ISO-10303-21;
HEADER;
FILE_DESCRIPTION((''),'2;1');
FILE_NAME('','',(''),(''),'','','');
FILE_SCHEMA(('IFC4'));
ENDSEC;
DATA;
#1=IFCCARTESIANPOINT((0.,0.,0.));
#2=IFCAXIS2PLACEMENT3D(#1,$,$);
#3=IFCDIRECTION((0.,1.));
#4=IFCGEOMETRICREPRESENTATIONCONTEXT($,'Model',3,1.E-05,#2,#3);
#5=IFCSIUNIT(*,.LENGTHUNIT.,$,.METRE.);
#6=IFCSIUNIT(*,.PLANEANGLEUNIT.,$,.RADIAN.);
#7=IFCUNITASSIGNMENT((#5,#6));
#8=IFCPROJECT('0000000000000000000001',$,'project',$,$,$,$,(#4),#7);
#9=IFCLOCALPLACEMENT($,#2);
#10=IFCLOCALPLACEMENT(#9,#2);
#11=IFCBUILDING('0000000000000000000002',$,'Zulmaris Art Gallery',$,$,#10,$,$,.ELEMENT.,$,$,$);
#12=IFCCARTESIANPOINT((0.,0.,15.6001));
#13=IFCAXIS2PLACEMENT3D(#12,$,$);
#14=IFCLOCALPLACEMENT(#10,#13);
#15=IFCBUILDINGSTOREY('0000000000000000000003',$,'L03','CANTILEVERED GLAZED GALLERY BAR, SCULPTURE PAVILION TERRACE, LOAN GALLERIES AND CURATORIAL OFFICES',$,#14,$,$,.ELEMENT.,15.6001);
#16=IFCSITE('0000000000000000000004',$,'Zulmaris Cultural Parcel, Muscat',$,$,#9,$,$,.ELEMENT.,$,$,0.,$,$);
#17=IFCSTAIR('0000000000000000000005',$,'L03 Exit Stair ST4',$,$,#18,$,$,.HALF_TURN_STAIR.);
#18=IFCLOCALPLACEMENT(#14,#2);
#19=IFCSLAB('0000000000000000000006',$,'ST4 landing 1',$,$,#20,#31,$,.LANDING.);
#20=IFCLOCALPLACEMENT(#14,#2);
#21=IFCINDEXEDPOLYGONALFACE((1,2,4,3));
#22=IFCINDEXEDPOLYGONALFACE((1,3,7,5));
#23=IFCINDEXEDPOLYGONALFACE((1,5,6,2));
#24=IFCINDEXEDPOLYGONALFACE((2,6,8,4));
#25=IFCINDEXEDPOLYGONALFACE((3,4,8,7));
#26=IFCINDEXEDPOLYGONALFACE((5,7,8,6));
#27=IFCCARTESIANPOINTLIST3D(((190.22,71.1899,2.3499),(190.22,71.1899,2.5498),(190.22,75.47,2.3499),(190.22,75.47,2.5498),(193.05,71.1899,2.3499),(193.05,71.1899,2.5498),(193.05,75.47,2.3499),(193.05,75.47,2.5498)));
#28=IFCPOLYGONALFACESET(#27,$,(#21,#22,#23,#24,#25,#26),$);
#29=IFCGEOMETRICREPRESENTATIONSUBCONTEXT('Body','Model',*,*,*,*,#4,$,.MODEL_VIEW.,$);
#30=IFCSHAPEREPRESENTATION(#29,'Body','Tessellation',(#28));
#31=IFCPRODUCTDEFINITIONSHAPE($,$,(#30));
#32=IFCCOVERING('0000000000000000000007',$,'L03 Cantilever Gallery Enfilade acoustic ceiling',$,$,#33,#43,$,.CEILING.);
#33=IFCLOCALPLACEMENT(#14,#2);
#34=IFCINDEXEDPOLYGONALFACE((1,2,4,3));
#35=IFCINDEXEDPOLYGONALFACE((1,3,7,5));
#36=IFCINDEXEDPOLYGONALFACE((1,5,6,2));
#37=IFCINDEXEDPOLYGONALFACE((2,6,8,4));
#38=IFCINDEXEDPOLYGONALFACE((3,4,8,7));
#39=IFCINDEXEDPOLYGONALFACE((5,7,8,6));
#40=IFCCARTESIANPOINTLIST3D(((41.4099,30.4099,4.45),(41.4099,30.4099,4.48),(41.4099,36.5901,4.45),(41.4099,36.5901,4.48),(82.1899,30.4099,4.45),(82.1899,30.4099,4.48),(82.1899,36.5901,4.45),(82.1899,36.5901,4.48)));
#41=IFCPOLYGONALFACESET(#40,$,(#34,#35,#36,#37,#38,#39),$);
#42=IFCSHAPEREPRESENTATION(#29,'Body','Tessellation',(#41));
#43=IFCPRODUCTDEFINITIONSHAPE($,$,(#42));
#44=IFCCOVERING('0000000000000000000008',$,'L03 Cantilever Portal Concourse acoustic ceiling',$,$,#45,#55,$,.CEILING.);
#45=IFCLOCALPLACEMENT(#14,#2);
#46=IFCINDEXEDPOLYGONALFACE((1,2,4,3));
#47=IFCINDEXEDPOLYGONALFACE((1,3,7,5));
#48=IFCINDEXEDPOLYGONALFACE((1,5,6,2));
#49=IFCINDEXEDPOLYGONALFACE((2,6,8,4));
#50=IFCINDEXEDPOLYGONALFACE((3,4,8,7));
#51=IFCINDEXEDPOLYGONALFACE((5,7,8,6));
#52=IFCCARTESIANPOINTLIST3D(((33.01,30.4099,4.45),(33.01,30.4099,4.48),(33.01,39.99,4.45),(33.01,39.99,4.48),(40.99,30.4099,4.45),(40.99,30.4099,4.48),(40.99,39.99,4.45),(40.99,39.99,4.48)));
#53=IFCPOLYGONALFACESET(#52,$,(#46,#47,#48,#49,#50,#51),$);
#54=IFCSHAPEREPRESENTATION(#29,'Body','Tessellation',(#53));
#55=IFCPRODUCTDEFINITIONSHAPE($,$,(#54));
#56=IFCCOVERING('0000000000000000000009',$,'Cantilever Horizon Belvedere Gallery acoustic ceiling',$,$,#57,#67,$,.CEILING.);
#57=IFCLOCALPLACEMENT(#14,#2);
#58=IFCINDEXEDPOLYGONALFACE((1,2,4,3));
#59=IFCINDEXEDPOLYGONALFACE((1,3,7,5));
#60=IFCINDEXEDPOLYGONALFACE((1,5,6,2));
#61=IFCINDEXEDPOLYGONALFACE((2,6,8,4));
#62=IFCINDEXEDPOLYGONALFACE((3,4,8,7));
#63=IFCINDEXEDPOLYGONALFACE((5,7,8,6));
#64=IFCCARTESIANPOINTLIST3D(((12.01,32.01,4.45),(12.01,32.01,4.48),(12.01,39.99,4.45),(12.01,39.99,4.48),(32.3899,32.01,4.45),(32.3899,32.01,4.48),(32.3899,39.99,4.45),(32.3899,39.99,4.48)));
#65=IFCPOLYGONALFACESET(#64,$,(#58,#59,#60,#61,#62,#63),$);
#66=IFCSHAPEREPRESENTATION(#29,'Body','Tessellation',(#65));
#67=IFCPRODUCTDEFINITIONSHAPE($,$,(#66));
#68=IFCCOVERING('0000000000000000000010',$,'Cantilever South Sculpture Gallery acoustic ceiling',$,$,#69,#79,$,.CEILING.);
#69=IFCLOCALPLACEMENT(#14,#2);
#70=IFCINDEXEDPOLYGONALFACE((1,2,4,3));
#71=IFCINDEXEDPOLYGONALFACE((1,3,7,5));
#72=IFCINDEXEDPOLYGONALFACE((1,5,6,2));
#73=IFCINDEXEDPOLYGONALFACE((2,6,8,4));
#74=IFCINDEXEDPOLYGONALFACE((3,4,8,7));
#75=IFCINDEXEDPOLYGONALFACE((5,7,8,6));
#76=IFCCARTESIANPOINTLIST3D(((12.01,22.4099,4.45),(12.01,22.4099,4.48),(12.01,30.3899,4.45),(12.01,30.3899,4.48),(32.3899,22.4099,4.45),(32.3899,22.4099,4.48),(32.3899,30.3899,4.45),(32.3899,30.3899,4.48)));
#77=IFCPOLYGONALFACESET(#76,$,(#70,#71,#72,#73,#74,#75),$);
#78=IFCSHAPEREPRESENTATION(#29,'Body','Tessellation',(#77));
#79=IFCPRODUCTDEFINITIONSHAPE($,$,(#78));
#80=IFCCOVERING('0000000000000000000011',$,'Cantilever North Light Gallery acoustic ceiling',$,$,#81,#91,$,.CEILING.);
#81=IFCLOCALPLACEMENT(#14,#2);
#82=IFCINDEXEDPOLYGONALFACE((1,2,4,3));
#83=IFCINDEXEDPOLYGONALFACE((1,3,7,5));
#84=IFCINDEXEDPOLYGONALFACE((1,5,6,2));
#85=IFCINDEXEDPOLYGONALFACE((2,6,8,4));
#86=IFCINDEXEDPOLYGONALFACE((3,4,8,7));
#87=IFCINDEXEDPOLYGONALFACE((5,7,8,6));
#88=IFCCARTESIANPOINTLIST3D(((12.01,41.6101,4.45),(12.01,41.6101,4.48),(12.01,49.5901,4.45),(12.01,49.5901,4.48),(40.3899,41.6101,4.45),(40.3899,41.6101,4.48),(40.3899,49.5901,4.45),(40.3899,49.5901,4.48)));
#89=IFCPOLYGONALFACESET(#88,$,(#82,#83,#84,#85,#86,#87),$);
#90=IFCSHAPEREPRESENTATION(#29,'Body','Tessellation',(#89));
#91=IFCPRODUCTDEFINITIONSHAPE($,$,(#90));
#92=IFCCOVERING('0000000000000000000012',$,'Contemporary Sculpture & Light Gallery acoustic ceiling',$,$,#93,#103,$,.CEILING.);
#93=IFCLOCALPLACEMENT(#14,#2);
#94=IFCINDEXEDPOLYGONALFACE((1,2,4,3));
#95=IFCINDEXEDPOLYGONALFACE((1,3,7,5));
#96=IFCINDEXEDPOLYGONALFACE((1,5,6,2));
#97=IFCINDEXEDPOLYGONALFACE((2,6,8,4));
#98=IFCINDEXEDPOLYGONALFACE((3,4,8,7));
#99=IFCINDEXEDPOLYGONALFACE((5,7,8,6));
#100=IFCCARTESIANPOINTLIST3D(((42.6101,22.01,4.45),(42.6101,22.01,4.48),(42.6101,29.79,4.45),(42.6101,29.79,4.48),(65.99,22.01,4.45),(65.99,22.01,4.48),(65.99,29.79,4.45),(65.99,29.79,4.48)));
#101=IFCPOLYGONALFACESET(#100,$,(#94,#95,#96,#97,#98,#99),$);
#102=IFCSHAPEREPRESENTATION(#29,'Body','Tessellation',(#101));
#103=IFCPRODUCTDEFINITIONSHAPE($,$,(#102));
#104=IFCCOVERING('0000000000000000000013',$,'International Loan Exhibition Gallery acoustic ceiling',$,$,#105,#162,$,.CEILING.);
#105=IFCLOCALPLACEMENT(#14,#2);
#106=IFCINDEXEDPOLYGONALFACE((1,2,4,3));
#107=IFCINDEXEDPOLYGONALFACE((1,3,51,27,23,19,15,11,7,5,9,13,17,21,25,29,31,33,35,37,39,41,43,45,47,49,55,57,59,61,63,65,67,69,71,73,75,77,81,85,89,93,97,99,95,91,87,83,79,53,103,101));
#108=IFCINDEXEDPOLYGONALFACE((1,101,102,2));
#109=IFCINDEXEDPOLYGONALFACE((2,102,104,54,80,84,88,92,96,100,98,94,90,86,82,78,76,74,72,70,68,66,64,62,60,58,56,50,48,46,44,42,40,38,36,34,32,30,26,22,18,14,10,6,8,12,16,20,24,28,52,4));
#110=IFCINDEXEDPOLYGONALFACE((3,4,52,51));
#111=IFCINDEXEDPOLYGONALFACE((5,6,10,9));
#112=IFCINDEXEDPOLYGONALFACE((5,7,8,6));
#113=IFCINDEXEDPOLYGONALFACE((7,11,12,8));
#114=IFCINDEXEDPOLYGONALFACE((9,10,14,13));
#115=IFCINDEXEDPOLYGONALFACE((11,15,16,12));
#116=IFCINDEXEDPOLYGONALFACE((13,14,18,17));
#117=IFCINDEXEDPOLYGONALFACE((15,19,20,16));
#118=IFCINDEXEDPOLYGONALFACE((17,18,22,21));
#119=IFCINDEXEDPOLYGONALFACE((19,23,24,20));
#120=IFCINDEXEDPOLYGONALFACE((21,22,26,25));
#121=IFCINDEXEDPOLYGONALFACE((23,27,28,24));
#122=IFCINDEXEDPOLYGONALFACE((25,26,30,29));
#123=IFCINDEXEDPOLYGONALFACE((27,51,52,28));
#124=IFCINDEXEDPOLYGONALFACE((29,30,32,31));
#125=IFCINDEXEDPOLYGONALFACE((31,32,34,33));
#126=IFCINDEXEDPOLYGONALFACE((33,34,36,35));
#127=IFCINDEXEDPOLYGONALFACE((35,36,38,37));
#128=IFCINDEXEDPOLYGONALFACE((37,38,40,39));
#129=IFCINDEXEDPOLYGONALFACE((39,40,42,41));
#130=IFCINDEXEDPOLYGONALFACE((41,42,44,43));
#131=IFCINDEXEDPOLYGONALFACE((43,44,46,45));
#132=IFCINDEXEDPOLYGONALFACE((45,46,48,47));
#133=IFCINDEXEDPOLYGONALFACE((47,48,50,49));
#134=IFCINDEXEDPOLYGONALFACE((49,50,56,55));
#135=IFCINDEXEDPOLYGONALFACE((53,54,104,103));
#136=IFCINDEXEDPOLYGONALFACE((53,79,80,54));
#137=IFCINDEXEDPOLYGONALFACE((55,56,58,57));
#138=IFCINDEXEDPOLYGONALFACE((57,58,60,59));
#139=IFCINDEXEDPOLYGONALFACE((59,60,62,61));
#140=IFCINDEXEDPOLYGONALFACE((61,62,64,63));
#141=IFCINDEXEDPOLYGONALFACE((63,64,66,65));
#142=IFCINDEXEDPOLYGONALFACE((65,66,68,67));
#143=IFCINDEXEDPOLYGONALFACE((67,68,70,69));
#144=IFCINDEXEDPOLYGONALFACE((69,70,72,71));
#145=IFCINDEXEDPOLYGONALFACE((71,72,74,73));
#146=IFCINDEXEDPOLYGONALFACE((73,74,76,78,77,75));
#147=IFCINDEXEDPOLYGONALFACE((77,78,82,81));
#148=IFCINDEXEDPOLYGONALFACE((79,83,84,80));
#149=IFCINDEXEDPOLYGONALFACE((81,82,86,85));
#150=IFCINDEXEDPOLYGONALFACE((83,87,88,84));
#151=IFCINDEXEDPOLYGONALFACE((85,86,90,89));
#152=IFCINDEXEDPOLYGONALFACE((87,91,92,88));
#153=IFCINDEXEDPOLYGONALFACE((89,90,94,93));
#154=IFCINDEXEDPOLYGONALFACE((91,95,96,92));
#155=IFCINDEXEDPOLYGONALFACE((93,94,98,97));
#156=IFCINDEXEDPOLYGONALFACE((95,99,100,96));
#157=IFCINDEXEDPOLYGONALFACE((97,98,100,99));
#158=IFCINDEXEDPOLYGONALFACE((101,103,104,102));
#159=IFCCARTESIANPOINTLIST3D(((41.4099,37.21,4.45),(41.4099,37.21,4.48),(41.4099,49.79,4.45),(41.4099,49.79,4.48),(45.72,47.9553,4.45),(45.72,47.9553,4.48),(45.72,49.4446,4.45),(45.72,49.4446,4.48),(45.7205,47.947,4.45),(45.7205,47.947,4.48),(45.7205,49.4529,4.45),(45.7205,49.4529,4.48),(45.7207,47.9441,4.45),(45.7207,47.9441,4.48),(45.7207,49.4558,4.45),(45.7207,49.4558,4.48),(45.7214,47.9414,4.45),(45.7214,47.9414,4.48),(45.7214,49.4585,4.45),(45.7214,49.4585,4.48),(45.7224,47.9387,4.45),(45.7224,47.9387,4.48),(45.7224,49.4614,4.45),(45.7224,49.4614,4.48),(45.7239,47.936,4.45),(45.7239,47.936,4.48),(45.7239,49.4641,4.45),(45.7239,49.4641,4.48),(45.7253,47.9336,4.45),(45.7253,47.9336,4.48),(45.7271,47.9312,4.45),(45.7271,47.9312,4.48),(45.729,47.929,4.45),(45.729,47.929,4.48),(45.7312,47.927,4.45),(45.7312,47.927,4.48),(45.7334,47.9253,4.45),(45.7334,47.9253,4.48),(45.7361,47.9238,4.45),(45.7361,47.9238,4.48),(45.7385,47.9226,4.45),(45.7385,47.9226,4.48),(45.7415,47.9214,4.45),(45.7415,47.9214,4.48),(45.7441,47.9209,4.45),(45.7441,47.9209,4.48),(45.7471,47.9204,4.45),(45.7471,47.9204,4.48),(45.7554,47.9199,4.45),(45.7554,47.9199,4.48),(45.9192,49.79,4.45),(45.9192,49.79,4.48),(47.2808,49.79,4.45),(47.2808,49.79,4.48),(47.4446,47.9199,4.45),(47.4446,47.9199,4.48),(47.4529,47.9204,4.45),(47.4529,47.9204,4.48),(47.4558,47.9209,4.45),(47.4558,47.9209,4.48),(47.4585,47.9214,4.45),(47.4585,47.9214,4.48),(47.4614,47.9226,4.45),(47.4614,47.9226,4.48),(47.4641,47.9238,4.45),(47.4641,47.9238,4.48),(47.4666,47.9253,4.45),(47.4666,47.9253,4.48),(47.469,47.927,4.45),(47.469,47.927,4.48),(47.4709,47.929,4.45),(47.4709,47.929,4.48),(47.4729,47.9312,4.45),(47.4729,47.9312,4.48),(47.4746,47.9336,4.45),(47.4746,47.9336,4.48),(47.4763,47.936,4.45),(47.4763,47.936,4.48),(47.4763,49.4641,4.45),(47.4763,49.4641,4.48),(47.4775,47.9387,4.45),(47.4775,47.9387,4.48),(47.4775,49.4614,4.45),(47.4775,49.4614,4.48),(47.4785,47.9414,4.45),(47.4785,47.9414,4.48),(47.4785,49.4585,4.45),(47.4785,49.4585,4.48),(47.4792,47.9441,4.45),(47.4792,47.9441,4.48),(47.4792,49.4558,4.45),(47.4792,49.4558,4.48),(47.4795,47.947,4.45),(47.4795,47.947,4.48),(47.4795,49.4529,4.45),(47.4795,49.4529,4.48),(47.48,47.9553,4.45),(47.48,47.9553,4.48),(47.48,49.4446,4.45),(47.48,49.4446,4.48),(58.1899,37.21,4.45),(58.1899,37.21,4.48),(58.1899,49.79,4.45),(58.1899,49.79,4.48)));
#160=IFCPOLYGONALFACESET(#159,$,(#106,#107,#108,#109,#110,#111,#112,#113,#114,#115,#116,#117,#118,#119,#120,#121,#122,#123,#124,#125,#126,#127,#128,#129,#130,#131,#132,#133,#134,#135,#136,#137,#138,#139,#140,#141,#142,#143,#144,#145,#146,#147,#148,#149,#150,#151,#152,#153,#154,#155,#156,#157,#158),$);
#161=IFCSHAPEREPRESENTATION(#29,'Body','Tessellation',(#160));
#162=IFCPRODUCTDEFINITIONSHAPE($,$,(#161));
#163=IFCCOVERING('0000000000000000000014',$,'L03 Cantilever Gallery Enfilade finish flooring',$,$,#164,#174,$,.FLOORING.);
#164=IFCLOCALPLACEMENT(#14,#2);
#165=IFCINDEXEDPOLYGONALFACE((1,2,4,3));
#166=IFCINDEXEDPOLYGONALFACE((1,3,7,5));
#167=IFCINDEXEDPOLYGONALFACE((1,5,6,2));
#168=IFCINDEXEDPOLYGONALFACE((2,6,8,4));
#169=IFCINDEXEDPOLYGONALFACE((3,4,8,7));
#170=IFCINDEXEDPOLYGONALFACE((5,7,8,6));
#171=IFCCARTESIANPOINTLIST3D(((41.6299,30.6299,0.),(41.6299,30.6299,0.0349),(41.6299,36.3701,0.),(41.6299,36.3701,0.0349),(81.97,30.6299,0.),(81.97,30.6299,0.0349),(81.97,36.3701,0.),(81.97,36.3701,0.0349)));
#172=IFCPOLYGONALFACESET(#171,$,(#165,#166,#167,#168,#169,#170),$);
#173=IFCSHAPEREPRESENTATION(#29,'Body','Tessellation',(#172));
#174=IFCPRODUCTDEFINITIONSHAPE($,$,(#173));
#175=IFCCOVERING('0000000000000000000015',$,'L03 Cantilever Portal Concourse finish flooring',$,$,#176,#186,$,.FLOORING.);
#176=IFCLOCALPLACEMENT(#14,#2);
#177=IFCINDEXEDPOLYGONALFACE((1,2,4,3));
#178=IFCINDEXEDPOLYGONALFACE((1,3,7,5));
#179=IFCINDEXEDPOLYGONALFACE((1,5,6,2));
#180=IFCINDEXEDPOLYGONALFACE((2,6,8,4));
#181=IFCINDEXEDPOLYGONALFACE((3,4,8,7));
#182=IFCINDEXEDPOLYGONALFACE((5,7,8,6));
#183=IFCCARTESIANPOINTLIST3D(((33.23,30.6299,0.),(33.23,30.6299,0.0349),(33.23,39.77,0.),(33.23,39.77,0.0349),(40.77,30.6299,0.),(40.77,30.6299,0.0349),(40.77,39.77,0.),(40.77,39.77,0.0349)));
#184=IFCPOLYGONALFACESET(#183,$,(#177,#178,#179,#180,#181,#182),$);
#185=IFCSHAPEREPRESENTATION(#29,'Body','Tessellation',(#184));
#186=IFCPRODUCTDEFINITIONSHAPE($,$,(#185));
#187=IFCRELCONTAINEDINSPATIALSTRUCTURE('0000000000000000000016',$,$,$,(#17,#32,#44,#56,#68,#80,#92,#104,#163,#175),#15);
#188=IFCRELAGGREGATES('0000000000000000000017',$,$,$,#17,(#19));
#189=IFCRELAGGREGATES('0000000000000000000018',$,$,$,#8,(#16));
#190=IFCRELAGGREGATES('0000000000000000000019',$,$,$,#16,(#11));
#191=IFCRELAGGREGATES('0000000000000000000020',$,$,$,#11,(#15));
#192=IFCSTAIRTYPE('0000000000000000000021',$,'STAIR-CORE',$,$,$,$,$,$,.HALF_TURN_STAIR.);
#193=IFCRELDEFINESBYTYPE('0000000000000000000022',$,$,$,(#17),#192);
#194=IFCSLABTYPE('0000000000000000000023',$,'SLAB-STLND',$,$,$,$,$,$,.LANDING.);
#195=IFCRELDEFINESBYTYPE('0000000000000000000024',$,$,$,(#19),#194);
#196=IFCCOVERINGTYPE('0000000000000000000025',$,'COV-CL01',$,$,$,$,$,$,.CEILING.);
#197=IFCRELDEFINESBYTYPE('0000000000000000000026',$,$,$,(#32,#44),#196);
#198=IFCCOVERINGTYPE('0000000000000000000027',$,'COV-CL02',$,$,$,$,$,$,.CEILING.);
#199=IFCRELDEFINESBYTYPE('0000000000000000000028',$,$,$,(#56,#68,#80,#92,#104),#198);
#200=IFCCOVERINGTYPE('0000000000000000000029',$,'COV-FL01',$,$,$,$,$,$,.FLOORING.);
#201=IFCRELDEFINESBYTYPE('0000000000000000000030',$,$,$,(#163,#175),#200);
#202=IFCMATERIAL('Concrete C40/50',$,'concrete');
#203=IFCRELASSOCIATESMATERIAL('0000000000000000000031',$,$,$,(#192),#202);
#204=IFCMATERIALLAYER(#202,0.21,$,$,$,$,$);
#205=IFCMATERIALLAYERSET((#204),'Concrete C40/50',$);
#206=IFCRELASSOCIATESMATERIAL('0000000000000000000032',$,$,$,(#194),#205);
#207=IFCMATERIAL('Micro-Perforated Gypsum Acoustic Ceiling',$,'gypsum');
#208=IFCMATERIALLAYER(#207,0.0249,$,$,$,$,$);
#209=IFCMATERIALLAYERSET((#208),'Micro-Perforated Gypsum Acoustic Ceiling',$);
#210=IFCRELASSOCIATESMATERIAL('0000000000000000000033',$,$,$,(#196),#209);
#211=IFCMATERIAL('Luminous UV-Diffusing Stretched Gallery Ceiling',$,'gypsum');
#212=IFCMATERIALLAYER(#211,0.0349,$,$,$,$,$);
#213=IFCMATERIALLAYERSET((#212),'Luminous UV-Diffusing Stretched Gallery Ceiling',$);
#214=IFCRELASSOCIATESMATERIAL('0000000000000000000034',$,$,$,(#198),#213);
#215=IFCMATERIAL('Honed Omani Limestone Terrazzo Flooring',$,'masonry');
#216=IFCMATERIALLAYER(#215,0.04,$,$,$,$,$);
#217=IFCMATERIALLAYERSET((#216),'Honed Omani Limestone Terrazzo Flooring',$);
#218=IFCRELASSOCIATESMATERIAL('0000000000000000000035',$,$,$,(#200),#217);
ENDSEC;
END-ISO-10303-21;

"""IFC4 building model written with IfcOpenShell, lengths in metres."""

from ifc_helpers import new_model, si_unit, direction, frame, origin, place, context, subcontext, project, spatial, polyline, outline, extrude, material, layer, layer_set, type_object, element, aggregate, save


model = new_model("IFC4")

# Units and contexts
model_context = context("Model", 3, precision=1e-05, world=origin(), true_north=direction((0.0, 1.0)))
body_context = subcontext(model_context, "Body", "Model", "MODEL_VIEW")
ifc_project = project(units=[si_unit("LENGTHUNIT", "METRE"), si_unit("PLANEANGLEUNIT", "RADIAN")], contexts=[model_context])

# Site, building, storey
site_placement = place(None, origin())
site = spatial("IfcSite", under=ifc_project, at=site_placement, Name="Zulmaris Cultural Parcel, Muscat", CompositionType="ELEMENT", RefElevation=0.0)
building_placement = place(site_placement, origin())
building = spatial("IfcBuilding", under=site, at=building_placement, Name="Zulmaris Art Gallery", CompositionType="ELEMENT")
storey_placement = place(building_placement, frame((0.0, 0.0, 15.6001)))
storey = spatial("IfcBuildingStorey", under=building, at=storey_placement, Name="L03", Description="CANTILEVERED GLAZED GALLERY BAR, SCULPTURE PAVILION TERRACE, LOAN GALLERIES AND CURATORIAL OFFICES", CompositionType="ELEMENT", Elevation=15.6001)

# Shared definitions
ifc_material_1 = material(Name="Concrete C40/50", Category="concrete")

# Stair, slab
stair_type = type_object("IfcStairType", Name="STAIR-CORE", PredefinedType="HALF_TURN_STAIR", material=ifc_material_1)
ifc_layer_1 = layer(ifc_material_1, 0.21)
ifc_layer_set_1 = layer_set([ifc_layer_1], Name="Concrete C40/50")
slab_type_1 = type_object("IfcSlabType", Name="SLAB-STLND", PredefinedType="LANDING", material=ifc_layer_set_1)
stair_1_placement = place(storey_placement, origin())
stair_1 = element("IfcStair", 1, at=stair_1_placement, inside=storey, type_object=stair_type, Name="L03 Exit Stair ST4", PredefinedType="HALF_TURN_STAIR")
slab_1_placement = place(storey_placement, frame((0.0, 0.0, 2.3499)))
slab_1 = element("IfcSlab", 2, at=slab_1_placement, type_object=slab_type_1, Name="ST4 landing 1", PredefinedType="LANDING", context=body_context, shape_type="SweptSolid", body=[
    extrude(outline(polyline([(190.22, 71.1899), (193.05, 71.1899), (193.05, 75.47), (190.22, 75.47), (190.22, 71.1899)])), origin(), (0.0, 0.0, 1.0), 0.2),
])
aggregate(stair_1, [slab_1])

# Coverings
ifc_material_2 = material(Name="Micro-Perforated Gypsum Acoustic Ceiling", Category="gypsum")
ifc_layer_2 = layer(ifc_material_2, 0.0249)
ifc_layer_set_2 = layer_set([ifc_layer_2], Name="Micro-Perforated Gypsum Acoustic Ceiling")
covering_type_1 = type_object("IfcCoveringType", Name="COV-CL01", PredefinedType="CEILING", material=ifc_layer_set_2)
covering_1_placement = place(storey_placement, frame((0.0, 0.0, 4.45)))
element("IfcCovering", 3, at=covering_1_placement, inside=storey, type_object=covering_type_1, Name="L03 Cantilever Gallery Enfilade acoustic ceiling", PredefinedType="CEILING", context=body_context, shape_type="SweptSolid", body=[
    extrude(outline(polyline([(41.4099, 36.5901), (82.1899, 36.5901), (82.1899, 30.4099), (41.4099, 30.4099), (41.4099, 36.5901)])), origin(), (0.0, 0.0, 1.0), 0.03),
])
covering_2_placement = place(storey_placement, frame((0.0, 0.0, 4.45)))
element("IfcCovering", 4, at=covering_2_placement, inside=storey, type_object=covering_type_1, Name="L03 Cantilever Portal Concourse acoustic ceiling", PredefinedType="CEILING", context=body_context, shape_type="SweptSolid", body=[
    extrude(outline(polyline([(33.01, 39.99), (40.99, 39.99), (40.99, 30.4099), (33.01, 30.4099), (33.01, 39.99)])), origin(), (0.0, 0.0, 1.0), 0.03),
])
ifc_material_3 = material(Name="Luminous UV-Diffusing Stretched Gallery Ceiling", Category="gypsum")
ifc_layer_3 = layer(ifc_material_3, 0.0349)
ifc_layer_set_3 = layer_set([ifc_layer_3], Name="Luminous UV-Diffusing Stretched Gallery Ceiling")
covering_type_2 = type_object("IfcCoveringType", Name="COV-CL02", PredefinedType="CEILING", material=ifc_layer_set_3)
covering_3_placement = place(storey_placement, frame((0.0, 0.0, 4.45)))
element("IfcCovering", 5, at=covering_3_placement, inside=storey, type_object=covering_type_2, Name="Cantilever Horizon Belvedere Gallery acoustic ceiling", PredefinedType="CEILING", context=body_context, shape_type="SweptSolid", body=[
    extrude(outline(polyline([(12.01, 39.99), (32.3899, 39.99), (32.3899, 32.01), (12.01, 32.01), (12.01, 39.99)])), origin(), (0.0, 0.0, 1.0), 0.03),
])
covering_4_placement = place(storey_placement, frame((0.0, 0.0, 4.45)))
element("IfcCovering", 6, at=covering_4_placement, inside=storey, type_object=covering_type_2, Name="Cantilever South Sculpture Gallery acoustic ceiling", PredefinedType="CEILING", context=body_context, shape_type="SweptSolid", body=[
    extrude(outline(polyline([(12.01, 30.3899), (32.3899, 30.3899), (32.3899, 22.4099), (12.01, 22.4099), (12.01, 30.3899)])), origin(), (0.0, 0.0, 1.0), 0.03),
])
covering_5_placement = place(storey_placement, frame((0.0, 0.0, 4.45)))
element("IfcCovering", 7, at=covering_5_placement, inside=storey, type_object=covering_type_2, Name="Cantilever North Light Gallery acoustic ceiling", PredefinedType="CEILING", context=body_context, shape_type="SweptSolid", body=[
    extrude(outline(polyline([(12.01, 49.5901), (40.3899, 49.5901), (40.3899, 41.6101), (12.01, 41.6101), (12.01, 49.5901)])), origin(), (0.0, 0.0, 1.0), 0.03),
])
covering_6_placement = place(storey_placement, frame((0.0, 0.0, 4.45)))
element("IfcCovering", 8, at=covering_6_placement, inside=storey, type_object=covering_type_2, Name="Contemporary Sculpture & Light Gallery acoustic ceiling", PredefinedType="CEILING", context=body_context, shape_type="SweptSolid", body=[
    extrude(outline(polyline([(42.6101, 29.79), (65.99, 29.79), (65.99, 22.01), (42.6101, 22.01), (42.6101, 29.79)])), origin(), (0.0, 0.0, 1.0), 0.03),
])
covering_7_placement = place(storey_placement, frame((0.0, 0.0, 4.45)))
element("IfcCovering", 9, at=covering_7_placement, inside=storey, type_object=covering_type_2, Name="International Loan Exhibition Gallery acoustic ceiling", PredefinedType="CEILING", context=body_context, shape_type="SweptSolid", body=[
    extrude(outline(polyline([(45.7214, 47.9414), (45.7224, 47.9387), (45.7239, 47.936), (45.7253, 47.9336), (45.7271, 47.9312), (45.729, 47.929), (45.7312, 47.927), (45.7334, 47.9253), (45.7361, 47.9238), (45.7385, 47.9226), (45.7415, 47.9214), (45.7441, 47.9209), (45.7471, 47.9204), (45.7554, 47.9199), (47.4446, 47.9199), (47.4529, 47.9204), (47.4558, 47.9209), (47.4585, 47.9214), (47.4614, 47.9226), (47.4641, 47.9238), (47.4666, 47.9253), (47.469, 47.927), (47.4709, 47.929), (47.4729, 47.9312), (47.4746, 47.9336), (47.4763, 47.936), (47.4775, 47.9387), (47.4785, 47.9414), (47.4792, 47.9441), (47.4795, 47.947), (47.48, 47.9553), (47.48, 49.4446), (47.4795, 49.4529), (47.4792, 49.4558), (47.4785, 49.4585), (47.4775, 49.4614), (47.4763, 49.4641), (47.2808, 49.79), (58.1899, 49.79), (58.1899, 37.21), (41.4099, 37.21), (41.4099, 49.79), (45.9192, 49.79), (45.7239, 49.4641), (45.7224, 49.4614), (45.7214, 49.4585), (45.7207, 49.4558), (45.7205, 49.4529), (45.72, 49.4446), (45.72, 47.9553), (45.7205, 47.947), (45.7207, 47.9441), (45.7214, 47.9414)])), origin(), (0.0, 0.0, 1.0), 0.03),
])
ifc_material_4 = material(Name="Honed Omani Limestone Terrazzo Flooring", Category="masonry")
ifc_layer_4 = layer(ifc_material_4, 0.04)
ifc_layer_set_4 = layer_set([ifc_layer_4], Name="Honed Omani Limestone Terrazzo Flooring")
covering_type_3 = type_object("IfcCoveringType", Name="COV-FL01", PredefinedType="FLOORING", material=ifc_layer_set_4)
covering_8_placement = place(storey_placement, origin())
element("IfcCovering", 10, at=covering_8_placement, inside=storey, type_object=covering_type_3, Name="L03 Cantilever Gallery Enfilade finish flooring", PredefinedType="FLOORING", context=body_context, shape_type="SweptSolid", body=[
    extrude(outline(polyline([(81.97, 30.6299), (41.6299, 30.6299), (41.6299, 36.3701), (81.97, 36.3701), (81.97, 30.6299)])), origin(), (0.0, 0.0, 1.0), 0.0349),
])
covering_9_placement = place(storey_placement, origin())
element("IfcCovering", 11, at=covering_9_placement, inside=storey, type_object=covering_type_3, Name="L03 Cantilever Portal Concourse finish flooring", PredefinedType="FLOORING", context=body_context, shape_type="SweptSolid", body=[
    extrude(outline(polyline([(40.77, 30.6299), (33.23, 30.6299), (33.23, 39.77), (40.77, 39.77), (40.77, 30.6299)])), origin(), (0.0, 0.0, 1.0), 0.0349),
])

save(model, "model.ifc")
